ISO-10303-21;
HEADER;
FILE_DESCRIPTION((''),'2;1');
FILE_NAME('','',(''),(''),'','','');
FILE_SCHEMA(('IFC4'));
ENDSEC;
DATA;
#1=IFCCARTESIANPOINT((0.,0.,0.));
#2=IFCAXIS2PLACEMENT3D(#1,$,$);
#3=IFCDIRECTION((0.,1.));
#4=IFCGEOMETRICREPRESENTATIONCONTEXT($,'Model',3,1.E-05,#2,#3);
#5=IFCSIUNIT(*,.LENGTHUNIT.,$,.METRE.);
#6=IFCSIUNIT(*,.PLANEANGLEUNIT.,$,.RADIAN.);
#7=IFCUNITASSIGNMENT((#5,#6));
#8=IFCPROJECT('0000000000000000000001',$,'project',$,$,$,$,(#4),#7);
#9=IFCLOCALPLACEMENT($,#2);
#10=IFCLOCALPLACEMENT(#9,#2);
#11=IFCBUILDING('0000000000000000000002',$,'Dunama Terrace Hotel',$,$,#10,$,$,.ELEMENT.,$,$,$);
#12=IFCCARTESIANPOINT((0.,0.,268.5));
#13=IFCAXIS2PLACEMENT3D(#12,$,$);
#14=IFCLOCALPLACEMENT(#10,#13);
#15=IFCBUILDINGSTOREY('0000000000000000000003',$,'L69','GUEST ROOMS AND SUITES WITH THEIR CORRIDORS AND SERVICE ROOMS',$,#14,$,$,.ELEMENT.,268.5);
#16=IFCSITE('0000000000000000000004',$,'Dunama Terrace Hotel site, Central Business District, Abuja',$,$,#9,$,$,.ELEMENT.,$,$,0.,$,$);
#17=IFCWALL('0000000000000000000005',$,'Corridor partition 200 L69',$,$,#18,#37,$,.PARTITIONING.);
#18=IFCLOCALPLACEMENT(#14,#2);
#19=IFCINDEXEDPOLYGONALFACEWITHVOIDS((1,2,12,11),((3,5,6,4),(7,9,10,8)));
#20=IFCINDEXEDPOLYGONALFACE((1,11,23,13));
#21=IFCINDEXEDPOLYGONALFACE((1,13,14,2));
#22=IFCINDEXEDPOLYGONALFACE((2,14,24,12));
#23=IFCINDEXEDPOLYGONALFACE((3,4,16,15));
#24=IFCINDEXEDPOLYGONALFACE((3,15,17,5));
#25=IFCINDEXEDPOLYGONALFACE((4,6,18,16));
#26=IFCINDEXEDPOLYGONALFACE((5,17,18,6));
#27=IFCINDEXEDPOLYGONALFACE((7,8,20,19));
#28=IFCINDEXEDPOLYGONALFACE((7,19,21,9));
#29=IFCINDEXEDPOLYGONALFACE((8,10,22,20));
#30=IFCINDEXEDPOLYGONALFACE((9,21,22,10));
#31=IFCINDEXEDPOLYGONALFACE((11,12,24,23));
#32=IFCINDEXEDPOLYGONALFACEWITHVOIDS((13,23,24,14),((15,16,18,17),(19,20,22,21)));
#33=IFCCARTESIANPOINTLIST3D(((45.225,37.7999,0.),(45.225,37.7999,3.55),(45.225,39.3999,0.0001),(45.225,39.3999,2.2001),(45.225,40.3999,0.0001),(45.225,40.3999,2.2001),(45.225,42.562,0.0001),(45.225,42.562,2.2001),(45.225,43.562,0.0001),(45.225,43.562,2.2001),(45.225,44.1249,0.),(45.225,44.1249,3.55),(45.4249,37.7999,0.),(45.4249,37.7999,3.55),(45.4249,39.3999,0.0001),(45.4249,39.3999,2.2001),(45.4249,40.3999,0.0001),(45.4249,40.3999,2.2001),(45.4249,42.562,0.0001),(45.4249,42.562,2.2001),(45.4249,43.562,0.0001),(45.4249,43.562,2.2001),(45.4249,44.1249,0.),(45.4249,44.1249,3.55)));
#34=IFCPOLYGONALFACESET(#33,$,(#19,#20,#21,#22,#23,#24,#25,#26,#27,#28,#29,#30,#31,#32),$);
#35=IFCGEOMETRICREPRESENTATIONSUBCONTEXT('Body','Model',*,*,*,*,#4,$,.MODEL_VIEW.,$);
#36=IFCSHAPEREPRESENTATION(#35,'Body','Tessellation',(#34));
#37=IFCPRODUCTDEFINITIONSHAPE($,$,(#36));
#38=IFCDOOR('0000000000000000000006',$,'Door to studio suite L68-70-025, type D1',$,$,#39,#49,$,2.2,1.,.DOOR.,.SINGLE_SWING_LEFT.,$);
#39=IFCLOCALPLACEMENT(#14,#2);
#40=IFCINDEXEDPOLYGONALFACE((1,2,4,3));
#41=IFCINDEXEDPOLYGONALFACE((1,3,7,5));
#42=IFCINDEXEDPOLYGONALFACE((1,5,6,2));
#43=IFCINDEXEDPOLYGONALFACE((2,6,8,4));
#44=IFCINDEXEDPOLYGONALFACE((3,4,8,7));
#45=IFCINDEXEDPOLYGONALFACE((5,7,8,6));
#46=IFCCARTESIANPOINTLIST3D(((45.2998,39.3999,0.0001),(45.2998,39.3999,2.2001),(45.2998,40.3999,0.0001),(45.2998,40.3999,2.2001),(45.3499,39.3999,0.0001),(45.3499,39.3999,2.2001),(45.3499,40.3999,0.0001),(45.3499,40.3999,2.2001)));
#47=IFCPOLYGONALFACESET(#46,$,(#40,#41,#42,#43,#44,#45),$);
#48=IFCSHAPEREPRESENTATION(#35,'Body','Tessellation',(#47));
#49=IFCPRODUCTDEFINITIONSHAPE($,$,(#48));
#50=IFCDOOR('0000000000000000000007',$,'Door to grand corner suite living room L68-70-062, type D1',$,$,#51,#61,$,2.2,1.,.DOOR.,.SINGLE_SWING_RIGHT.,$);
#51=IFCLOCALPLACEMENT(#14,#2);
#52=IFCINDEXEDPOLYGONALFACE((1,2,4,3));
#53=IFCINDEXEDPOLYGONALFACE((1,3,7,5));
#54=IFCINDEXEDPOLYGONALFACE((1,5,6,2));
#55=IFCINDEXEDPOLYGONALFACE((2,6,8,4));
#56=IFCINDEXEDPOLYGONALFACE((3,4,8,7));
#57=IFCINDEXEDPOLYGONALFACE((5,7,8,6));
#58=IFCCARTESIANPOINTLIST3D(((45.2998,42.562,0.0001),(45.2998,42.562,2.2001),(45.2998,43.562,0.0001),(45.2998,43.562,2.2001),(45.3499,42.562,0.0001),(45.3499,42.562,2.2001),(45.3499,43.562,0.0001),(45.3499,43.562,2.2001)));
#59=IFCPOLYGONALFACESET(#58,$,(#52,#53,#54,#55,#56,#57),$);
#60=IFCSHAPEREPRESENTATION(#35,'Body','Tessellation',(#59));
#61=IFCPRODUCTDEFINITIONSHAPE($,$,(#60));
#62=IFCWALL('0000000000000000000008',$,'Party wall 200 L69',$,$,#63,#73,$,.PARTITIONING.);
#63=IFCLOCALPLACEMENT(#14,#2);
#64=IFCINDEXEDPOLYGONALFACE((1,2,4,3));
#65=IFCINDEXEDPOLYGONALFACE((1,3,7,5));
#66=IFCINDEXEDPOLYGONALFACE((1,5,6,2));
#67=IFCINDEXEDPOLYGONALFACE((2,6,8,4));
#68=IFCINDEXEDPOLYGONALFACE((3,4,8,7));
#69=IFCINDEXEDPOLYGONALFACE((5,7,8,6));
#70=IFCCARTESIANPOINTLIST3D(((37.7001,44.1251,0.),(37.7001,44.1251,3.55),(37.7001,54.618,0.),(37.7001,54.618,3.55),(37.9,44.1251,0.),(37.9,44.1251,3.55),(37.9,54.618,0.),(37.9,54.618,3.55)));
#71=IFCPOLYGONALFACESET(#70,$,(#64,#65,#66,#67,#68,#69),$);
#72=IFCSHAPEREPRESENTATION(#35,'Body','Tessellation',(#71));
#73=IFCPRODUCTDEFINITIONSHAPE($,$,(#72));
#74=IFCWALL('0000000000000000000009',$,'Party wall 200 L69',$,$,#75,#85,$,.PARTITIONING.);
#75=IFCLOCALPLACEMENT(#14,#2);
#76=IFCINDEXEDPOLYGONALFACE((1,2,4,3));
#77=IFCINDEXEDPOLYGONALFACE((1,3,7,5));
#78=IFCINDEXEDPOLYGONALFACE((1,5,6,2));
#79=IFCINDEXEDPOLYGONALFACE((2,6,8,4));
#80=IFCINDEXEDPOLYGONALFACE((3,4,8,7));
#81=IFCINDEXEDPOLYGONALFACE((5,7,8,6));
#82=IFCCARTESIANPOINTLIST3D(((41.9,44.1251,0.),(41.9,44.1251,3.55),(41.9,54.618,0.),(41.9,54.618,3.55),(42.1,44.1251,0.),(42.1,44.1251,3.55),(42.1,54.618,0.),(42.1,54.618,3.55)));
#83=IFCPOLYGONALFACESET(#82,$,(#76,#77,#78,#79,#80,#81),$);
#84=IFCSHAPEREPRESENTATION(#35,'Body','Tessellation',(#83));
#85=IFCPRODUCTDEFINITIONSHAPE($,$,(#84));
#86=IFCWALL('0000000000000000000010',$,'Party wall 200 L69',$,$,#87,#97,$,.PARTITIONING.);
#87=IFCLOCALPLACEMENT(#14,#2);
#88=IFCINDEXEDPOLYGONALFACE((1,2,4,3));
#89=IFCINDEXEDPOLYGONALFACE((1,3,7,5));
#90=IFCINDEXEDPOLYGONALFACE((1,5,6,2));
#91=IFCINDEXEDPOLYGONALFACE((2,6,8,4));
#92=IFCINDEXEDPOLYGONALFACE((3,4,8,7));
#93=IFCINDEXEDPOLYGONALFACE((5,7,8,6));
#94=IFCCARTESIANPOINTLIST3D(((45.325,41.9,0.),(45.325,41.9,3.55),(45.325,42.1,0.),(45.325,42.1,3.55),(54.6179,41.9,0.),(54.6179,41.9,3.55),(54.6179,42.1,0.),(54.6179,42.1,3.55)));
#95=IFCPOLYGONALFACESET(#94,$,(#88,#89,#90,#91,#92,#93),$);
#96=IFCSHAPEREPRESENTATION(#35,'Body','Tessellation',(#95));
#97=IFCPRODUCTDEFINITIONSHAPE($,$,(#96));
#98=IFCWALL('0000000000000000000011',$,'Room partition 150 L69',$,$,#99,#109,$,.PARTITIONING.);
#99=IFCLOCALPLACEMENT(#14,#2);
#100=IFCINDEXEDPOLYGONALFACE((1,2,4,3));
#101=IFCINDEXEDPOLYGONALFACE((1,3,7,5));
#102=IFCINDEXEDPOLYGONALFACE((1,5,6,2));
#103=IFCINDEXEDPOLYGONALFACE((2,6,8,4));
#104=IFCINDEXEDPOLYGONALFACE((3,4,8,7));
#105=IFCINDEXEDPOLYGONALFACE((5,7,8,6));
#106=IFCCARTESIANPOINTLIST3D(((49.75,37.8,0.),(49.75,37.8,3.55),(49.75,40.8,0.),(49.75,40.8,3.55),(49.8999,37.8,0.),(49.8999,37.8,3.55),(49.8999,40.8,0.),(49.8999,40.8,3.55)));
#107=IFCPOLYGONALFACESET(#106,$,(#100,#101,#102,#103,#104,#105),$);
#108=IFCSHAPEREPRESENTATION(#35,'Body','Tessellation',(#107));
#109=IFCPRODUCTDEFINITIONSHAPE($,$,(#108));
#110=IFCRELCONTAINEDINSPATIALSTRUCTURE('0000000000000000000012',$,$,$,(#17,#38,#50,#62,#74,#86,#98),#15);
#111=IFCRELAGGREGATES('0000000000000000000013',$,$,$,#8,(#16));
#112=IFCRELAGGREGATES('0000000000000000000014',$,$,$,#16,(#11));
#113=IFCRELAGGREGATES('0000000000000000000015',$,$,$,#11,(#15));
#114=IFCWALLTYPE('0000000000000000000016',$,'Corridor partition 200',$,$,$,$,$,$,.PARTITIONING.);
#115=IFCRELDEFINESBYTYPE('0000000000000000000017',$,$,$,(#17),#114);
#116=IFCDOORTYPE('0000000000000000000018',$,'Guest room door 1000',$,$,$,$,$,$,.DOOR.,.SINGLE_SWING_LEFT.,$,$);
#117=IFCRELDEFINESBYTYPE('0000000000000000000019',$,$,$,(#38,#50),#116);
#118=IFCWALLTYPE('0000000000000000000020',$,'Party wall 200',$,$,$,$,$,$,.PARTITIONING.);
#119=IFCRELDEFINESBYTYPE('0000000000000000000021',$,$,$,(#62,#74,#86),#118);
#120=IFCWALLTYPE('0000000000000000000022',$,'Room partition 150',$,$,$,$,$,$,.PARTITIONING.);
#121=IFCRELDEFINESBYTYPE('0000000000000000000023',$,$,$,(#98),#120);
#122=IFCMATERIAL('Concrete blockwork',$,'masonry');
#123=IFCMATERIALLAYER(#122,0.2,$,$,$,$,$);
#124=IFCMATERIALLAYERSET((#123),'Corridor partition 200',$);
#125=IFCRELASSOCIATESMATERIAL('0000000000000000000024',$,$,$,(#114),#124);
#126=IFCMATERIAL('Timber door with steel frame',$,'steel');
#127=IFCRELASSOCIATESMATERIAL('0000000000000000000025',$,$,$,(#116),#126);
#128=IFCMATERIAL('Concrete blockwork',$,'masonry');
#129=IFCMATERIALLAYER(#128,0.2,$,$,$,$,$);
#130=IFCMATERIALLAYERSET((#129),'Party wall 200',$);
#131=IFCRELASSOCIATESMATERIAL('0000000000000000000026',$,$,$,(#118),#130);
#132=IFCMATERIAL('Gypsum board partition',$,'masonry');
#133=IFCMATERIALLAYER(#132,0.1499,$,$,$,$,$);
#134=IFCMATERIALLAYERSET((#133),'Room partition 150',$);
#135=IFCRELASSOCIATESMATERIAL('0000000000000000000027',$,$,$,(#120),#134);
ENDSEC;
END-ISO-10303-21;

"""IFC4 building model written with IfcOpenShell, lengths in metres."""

from ifc_helpers import new_model, si_unit, direction, frame, frame_2d, origin, place, context, subcontext, project, spatial, rectangle, extrude, material, layer, layer_set, type_object, element, fill, save


model = new_model("IFC4")

# Units and contexts
model_context = context("Model", 3, precision=1e-05, world=origin(), true_north=direction((0.0, 1.0)))
body_context = subcontext(model_context, "Body", "Model", "MODEL_VIEW")
ifc_project = project(units=[si_unit("LENGTHUNIT", "METRE"), si_unit("PLANEANGLEUNIT", "RADIAN")], contexts=[model_context])

# Site, building, storey
site_placement = place(None, origin())
site = spatial("IfcSite", under=ifc_project, at=site_placement, Name="Dunama Terrace Hotel site, Central Business District, Abuja", CompositionType="ELEMENT", RefElevation=0.0)
building_placement = place(site_placement, origin())
building = spatial("IfcBuilding", under=site, at=building_placement, Name="Dunama Terrace Hotel", CompositionType="ELEMENT")
storey_placement = place(building_placement, frame((0.0, 0.0, 268.5)))
storey = spatial("IfcBuildingStorey", under=building, at=storey_placement, Name="L69", Description="GUEST ROOMS AND SUITES WITH THEIR CORRIDORS AND SERVICE ROOMS", CompositionType="ELEMENT", Elevation=268.5)

# Wall, openings, doors
ifc_material_1 = material(Name="Concrete blockwork", Category="masonry")
ifc_layer_1 = layer(ifc_material_1, 0.2)
ifc_layer_set_1 = layer_set([ifc_layer_1], Name="Corridor partition 200")
wall_type_1 = type_object("IfcWallType", Name="Corridor partition 200", PredefinedType="PARTITIONING", material=ifc_layer_set_1)
wall_1_placement = place(storey_placement, frame((45.325, 44.125, 0.0), z_axis=(0.0, 0.0, 1.0), x_axis=(0.0, -1.0, 0.0)))
wall_1 = element("IfcWall", 1, at=wall_1_placement, inside=storey, type_object=wall_type_1, Name="Corridor partition 200 L69", PredefinedType="PARTITIONING", context=body_context, shape_type="SweptSolid", body=[
    extrude(rectangle(XDim=6.325, YDim=0.2, at=frame_2d((3.1626, 0.0))), origin(), (0.0, 0.0, 1.0), 3.55),
])
opening_1_placement = place(wall_1_placement, frame((3.7251, 0.0, 0.0)))
opening_1 = element("IfcOpeningElement", 2, at=opening_1_placement, cuts=wall_1, PredefinedType="OPENING", context=body_context, shape_type="SweptSolid", body=[
    extrude(rectangle(XDim=1.0, YDim=2.2, at=frame_2d((0.5, 1.1001))), frame((0.0, 0.1099, 0.0), z_axis=(0.0, -1.0, 0.0), x_axis=(1.0, 0.0, 0.0)), (0.0, 0.0, 1.0), 0.22),
])
opening_2_placement = place(wall_1_placement, frame((0.563, 0.0, 0.0)))
opening_2 = element("IfcOpeningElement", 3, at=opening_2_placement, cuts=wall_1, PredefinedType="OPENING", context=body_context, shape_type="SweptSolid", body=[
    extrude(rectangle(XDim=1.0, YDim=2.2, at=frame_2d((0.5, 1.1001))), frame((0.0, 0.1099, 0.0), z_axis=(0.0, -1.0, 0.0), x_axis=(1.0, 0.0, 0.0)), (0.0, 0.0, 1.0), 0.22),
])
ifc_material_2 = material(Name="Timber door with steel frame", Category="steel")
door_type_1 = type_object("IfcDoorType", Name="Guest room door 1000", OperationType="SINGLE_SWING_LEFT", PredefinedType="DOOR", material=ifc_material_2)
door_1_placement = place(opening_1_placement, origin())
door_1 = element("IfcDoor", 4, at=door_1_placement, inside=storey, type_object=door_type_1, Name="Door to studio suite L68-70-025, type D1", OperationType="SINGLE_SWING_LEFT", OverallHeight=2.2, OverallWidth=1.0, PredefinedType="DOOR", context=body_context, shape_type="SweptSolid", body=[
    extrude(rectangle(XDim=1.0, YDim=2.2, at=frame_2d((0.5, 1.1001))), frame((0.0, 0.0249, 0.0), z_axis=(0.0, -1.0, 0.0), x_axis=(1.0, 0.0, 0.0)), (0.0, 0.0, 1.0), 0.05),
])
fill(opening_1, door_1)
door_2_placement = place(opening_2_placement, origin())
door_2 = element("IfcDoor", 5, at=door_2_placement, inside=storey, type_object=door_type_1, Name="Door to grand corner suite living room L68-70-062, type D1", OperationType="SINGLE_SWING_RIGHT", OverallHeight=2.2, OverallWidth=1.0, PredefinedType="DOOR", context=body_context, shape_type="SweptSolid", body=[
    extrude(rectangle(XDim=1.0, YDim=2.2, at=frame_2d((0.5, 1.1001))), frame((0.0, 0.0249, 0.0), z_axis=(0.0, -1.0, 0.0), x_axis=(1.0, 0.0, 0.0)), (0.0, 0.0, 1.0), 0.05),
])
fill(opening_2, door_2)

# Walls
ifc_material_3 = material(Name="Concrete blockwork", Category="masonry")
ifc_layer_2 = layer(ifc_material_3, 0.2)
ifc_layer_set_2 = layer_set([ifc_layer_2], Name="Party wall 200")
wall_type_2 = type_object("IfcWallType", Name="Party wall 200", PredefinedType="PARTITIONING", material=ifc_layer_set_2)
for number, where, z_axis, x_axis, name in (
    (6, (37.8, 44.125, 0.0), (0.0, 0.0, 1.0), (0.0, 1.0, 0.0), "Party wall 200 L69"),
    (7, (42.0, 44.125, 0.0), (0.0, 0.0, 1.0), (0.0, 1.0, 0.0), "Party wall 200 L69"),
):
    element("IfcWall", number, at=place(storey_placement, frame(where, z_axis=z_axis, x_axis=x_axis)), inside=storey, type_object=wall_type_2, Name=name, PredefinedType="PARTITIONING", context=body_context, shape_type="SweptSolid", body=[
        extrude(rectangle(XDim=10.4929, YDim=0.2, at=frame_2d((5.2466, 0.0))), origin(), (0.0, 0.0, 1.0), 3.55),
    ])
wall_2_placement = place(storey_placement, frame((45.325, 42.0, 0.0), z_axis=(0.0, 0.0, 1.0), x_axis=(1.0, 0.0, 0.0)))
element("IfcWall", 8, at=wall_2_placement, inside=storey, type_object=wall_type_2, Name="Party wall 200 L69", PredefinedType="PARTITIONING", context=body_context, shape_type="SweptSolid", body=[
    extrude(rectangle(XDim=9.293, YDim=0.2, at=frame_2d((4.6465, 0.0))), origin(), (0.0, 0.0, 1.0), 3.55),
])
ifc_material_4 = material(Name="Gypsum board partition", Category="masonry")
ifc_layer_3 = layer(ifc_material_4, 0.1499)
ifc_layer_set_3 = layer_set([ifc_layer_3], Name="Room partition 150")
wall_type_3 = type_object("IfcWallType", Name="Room partition 150", PredefinedType="PARTITIONING", material=ifc_layer_set_3)
wall_3_placement = place(storey_placement, frame((49.825, 37.8, 0.0), z_axis=(0.0, 0.0, 1.0), x_axis=(0.0, 1.0, 0.0)))
element("IfcWall", 9, at=wall_3_placement, inside=storey, type_object=wall_type_3, Name="Room partition 150 L69", PredefinedType="PARTITIONING", context=body_context, shape_type="SweptSolid", body=[
    extrude(rectangle(XDim=3.0, YDim=0.1499, at=frame_2d((1.5, 0.0))), origin(), (0.0, 0.0, 1.0), 3.55),
])

save(model, "model.ifc")
